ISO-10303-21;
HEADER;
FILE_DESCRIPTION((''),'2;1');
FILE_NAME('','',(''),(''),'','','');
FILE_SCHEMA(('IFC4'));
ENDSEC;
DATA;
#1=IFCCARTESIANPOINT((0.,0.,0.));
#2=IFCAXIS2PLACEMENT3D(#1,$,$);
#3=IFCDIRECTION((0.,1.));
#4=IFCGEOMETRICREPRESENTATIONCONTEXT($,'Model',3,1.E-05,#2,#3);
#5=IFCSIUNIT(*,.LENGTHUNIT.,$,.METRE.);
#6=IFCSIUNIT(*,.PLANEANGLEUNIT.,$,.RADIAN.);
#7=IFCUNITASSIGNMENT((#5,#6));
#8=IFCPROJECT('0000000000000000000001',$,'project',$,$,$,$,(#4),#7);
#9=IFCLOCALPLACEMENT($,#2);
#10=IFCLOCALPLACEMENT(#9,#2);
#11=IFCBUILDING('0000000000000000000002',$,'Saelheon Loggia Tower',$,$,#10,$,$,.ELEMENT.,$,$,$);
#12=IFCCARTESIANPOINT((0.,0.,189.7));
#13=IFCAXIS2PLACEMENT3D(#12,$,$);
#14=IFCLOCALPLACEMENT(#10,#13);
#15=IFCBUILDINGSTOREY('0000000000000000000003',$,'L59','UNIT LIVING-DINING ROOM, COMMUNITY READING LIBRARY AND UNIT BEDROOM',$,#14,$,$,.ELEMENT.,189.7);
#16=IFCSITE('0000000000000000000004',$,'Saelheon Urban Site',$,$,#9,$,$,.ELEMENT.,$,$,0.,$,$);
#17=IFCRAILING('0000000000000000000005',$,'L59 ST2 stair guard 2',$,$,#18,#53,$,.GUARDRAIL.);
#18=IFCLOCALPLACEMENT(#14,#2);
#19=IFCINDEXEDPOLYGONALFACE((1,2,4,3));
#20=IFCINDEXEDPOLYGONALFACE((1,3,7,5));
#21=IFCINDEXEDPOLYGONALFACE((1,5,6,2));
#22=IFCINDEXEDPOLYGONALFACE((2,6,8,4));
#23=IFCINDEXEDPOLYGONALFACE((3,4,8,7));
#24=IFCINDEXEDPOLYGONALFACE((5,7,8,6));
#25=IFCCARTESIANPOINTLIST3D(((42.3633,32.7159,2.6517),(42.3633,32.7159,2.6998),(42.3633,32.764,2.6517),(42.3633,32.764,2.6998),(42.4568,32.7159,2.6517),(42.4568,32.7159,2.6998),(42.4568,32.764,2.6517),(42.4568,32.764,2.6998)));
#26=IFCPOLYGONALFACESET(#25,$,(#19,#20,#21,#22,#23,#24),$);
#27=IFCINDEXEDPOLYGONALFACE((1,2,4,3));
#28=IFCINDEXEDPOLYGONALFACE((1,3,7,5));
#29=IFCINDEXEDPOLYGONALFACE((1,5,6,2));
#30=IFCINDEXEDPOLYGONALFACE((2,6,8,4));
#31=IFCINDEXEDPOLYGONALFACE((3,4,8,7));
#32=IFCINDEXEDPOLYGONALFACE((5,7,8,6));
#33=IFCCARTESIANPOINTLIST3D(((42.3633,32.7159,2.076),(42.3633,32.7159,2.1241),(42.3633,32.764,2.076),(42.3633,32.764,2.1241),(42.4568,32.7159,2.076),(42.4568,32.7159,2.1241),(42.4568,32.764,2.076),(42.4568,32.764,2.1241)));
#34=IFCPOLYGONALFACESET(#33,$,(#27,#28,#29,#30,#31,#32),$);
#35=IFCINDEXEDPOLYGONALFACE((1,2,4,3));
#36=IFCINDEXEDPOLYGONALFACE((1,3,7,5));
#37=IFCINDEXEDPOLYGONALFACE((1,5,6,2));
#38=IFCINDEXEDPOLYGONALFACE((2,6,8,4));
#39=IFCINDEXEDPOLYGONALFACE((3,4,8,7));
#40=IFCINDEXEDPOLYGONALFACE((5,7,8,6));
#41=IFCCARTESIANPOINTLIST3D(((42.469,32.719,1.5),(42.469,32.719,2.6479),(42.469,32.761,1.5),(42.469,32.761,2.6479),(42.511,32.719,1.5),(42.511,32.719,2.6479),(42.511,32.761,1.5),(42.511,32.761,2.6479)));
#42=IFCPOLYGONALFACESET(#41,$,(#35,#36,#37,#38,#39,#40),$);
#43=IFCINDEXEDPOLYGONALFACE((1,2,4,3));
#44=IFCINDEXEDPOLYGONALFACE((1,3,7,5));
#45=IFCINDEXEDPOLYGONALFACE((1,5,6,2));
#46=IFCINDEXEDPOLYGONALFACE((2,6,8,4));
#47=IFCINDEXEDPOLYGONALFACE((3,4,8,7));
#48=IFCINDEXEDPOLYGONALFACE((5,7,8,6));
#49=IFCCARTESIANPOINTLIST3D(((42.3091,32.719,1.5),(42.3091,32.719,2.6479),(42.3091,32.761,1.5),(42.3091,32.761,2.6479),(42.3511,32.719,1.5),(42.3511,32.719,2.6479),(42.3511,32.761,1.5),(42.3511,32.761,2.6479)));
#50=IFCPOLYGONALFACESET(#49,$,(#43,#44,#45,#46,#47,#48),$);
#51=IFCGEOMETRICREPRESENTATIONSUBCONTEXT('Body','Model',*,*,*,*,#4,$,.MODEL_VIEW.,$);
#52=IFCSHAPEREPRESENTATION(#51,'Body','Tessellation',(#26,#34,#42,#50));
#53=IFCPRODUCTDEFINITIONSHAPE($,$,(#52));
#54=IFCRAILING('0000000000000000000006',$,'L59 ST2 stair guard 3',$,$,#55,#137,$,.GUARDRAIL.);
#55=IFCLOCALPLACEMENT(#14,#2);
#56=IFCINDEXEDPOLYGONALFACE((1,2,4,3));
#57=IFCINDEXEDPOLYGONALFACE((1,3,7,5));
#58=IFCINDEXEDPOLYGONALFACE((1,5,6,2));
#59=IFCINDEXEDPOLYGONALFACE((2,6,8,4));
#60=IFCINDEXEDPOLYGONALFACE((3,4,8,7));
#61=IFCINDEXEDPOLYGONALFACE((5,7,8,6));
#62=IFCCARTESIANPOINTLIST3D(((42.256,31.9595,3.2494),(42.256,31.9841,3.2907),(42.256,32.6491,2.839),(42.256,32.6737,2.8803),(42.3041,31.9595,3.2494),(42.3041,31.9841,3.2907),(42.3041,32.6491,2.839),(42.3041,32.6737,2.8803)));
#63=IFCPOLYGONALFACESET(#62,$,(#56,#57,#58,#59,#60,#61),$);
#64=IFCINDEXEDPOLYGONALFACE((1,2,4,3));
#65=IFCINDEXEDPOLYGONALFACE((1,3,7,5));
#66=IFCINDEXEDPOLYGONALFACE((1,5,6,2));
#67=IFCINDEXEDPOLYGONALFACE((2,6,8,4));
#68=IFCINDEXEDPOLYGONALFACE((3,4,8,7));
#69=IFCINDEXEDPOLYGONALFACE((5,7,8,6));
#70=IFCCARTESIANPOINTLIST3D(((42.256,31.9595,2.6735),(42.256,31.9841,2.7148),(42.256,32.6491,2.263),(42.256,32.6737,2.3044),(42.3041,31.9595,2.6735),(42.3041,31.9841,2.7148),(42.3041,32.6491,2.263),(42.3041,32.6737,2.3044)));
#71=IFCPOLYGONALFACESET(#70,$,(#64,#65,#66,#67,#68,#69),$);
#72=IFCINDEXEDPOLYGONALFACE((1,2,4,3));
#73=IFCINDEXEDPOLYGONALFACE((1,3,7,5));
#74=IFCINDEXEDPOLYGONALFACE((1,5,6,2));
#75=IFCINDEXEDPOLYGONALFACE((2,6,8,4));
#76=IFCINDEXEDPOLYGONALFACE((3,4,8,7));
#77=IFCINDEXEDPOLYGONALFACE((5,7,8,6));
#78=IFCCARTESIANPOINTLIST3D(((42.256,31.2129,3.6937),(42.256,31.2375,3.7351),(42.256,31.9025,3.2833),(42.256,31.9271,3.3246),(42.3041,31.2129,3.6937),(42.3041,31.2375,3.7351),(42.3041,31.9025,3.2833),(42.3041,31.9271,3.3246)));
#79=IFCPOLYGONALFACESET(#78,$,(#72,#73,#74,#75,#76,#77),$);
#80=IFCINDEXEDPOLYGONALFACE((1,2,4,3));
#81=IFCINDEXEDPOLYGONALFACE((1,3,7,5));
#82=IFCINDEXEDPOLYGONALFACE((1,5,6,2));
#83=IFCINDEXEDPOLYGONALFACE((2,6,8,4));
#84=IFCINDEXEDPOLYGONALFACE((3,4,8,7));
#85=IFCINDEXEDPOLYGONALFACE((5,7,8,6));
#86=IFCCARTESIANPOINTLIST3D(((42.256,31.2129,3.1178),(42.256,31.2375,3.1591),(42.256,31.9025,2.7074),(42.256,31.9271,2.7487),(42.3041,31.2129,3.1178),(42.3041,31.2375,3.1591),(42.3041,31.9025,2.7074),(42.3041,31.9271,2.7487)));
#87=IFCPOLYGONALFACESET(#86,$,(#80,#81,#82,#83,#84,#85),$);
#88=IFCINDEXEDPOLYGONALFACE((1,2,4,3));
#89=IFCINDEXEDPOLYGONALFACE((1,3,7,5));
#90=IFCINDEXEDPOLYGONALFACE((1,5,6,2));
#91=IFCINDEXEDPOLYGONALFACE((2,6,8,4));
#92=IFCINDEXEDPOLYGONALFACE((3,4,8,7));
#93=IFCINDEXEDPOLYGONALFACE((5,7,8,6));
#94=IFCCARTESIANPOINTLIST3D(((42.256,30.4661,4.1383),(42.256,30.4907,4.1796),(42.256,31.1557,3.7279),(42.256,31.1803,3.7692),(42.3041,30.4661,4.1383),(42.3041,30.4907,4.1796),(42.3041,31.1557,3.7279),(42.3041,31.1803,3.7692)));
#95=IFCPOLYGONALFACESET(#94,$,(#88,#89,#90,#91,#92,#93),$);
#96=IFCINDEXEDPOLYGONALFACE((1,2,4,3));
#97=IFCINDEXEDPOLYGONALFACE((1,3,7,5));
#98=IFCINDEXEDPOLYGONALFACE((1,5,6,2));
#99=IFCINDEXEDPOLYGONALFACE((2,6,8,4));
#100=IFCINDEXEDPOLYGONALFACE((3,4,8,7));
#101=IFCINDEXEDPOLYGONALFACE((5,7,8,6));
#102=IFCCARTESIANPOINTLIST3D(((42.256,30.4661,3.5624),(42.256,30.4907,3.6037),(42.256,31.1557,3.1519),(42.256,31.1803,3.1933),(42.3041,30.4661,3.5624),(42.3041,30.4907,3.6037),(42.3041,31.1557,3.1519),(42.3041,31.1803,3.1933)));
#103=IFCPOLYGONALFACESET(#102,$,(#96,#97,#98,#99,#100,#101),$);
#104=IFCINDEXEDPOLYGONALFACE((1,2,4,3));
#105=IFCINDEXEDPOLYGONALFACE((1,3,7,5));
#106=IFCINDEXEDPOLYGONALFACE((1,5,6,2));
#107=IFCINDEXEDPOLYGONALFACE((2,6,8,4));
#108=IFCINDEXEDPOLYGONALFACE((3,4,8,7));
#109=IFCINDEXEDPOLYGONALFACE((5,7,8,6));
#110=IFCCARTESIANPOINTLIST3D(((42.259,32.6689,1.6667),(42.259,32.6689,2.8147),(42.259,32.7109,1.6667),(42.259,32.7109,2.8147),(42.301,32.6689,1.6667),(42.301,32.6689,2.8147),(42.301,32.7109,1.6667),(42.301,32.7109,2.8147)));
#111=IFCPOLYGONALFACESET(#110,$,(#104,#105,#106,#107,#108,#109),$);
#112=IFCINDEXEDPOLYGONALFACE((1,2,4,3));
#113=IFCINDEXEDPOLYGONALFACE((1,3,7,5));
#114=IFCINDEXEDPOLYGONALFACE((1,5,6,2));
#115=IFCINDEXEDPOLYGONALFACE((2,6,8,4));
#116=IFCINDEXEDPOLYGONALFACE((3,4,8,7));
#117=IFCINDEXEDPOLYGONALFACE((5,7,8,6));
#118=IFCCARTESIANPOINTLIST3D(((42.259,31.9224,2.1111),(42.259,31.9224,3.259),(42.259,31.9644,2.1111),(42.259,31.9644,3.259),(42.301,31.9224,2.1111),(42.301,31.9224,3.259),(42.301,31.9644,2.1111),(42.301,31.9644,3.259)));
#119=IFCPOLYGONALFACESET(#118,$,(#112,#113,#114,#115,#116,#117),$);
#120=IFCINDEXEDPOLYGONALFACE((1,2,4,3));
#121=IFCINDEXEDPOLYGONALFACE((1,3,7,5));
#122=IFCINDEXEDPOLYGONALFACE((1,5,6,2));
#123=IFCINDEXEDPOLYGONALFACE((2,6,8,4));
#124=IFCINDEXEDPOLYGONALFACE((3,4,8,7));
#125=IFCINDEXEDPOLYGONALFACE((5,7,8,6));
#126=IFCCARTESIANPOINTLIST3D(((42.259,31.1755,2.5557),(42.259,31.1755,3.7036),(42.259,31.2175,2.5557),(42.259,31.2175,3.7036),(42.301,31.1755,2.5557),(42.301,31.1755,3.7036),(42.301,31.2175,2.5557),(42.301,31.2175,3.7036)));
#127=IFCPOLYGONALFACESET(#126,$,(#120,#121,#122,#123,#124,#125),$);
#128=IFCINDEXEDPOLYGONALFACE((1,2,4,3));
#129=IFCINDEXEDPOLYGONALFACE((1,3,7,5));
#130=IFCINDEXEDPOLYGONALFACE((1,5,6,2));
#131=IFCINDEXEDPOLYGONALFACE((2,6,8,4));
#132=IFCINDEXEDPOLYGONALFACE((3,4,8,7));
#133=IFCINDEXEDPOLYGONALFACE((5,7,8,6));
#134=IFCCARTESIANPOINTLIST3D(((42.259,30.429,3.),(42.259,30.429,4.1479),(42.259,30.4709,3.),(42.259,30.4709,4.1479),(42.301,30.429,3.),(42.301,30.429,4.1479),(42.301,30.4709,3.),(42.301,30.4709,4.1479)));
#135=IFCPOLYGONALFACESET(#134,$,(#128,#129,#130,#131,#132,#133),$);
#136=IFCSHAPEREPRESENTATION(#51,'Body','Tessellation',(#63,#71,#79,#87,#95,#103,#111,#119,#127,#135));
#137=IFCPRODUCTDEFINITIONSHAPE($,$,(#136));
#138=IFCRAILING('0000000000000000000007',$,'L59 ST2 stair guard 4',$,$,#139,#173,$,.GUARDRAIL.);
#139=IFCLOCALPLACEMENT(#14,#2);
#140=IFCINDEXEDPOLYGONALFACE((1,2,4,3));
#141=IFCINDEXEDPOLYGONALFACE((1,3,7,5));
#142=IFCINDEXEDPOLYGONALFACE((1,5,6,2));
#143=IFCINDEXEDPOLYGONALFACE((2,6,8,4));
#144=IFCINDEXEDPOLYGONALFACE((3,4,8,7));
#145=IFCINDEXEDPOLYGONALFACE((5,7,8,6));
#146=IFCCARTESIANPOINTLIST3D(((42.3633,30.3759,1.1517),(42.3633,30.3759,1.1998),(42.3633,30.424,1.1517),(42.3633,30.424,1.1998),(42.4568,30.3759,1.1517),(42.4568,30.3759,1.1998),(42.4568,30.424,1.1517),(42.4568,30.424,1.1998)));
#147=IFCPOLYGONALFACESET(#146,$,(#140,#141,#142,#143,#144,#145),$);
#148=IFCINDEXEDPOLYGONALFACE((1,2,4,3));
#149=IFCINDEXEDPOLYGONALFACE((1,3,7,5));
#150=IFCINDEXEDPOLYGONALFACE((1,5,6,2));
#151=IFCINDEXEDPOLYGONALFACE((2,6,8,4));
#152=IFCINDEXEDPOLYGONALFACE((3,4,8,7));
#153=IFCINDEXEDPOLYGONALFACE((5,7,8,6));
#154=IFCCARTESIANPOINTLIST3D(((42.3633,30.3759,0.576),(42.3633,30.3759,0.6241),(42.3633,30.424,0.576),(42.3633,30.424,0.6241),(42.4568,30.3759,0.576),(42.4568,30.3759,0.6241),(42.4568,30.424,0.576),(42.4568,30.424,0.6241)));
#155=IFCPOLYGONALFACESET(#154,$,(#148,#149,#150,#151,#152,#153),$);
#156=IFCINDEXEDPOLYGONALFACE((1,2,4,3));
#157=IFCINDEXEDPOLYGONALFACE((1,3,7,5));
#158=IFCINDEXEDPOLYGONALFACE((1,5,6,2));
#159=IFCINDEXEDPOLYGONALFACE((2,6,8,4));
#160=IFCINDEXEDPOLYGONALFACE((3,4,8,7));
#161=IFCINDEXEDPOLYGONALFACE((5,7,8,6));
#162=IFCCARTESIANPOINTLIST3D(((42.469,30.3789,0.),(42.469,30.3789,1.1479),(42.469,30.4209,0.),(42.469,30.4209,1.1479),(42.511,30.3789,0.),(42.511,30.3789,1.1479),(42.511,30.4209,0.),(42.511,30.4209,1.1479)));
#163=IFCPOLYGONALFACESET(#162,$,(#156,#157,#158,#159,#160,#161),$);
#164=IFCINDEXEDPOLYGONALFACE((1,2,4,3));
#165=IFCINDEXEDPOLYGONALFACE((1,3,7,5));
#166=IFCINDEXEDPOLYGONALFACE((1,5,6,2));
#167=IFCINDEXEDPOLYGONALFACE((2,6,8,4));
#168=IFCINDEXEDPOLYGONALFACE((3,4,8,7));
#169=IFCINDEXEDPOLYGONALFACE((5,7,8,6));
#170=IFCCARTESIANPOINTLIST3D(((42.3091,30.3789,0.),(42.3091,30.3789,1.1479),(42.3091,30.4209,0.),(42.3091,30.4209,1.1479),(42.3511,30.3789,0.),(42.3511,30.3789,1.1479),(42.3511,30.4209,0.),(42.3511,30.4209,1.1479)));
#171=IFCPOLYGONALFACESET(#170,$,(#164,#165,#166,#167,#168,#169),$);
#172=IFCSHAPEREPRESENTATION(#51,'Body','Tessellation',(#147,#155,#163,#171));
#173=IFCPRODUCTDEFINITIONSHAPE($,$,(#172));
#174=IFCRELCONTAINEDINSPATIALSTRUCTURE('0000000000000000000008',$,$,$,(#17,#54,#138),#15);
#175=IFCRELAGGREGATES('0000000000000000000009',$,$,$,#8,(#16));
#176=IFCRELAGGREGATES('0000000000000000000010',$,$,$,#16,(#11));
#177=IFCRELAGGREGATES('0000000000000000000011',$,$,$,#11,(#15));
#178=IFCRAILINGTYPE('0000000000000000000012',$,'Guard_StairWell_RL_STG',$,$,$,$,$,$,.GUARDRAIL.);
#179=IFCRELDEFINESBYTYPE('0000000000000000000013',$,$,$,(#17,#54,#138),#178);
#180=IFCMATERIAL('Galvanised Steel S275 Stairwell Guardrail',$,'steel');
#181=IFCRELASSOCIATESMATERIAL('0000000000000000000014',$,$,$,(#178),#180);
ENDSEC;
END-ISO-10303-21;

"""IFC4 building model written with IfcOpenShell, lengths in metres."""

from ifc_helpers import new_model, si_unit, direction, frame, origin, origin_2d, place, context, subcontext, project, spatial, rectangle, extrude, material, type_object, element, save


model = new_model("IFC4")

# Units and contexts
model_context = context("Model", 3, precision=1e-05, world=origin(), true_north=direction((0.0, 1.0)))
body_context = subcontext(model_context, "Body", "Model", "MODEL_VIEW")
ifc_project = project(units=[si_unit("LENGTHUNIT", "METRE"), si_unit("PLANEANGLEUNIT", "RADIAN")], contexts=[model_context])

# Site, building, storey
site_placement = place(None, origin())
site = spatial("IfcSite", under=ifc_project, at=site_placement, Name="Saelheon Urban Site", CompositionType="ELEMENT", RefElevation=0.0)
building_placement = place(site_placement, origin())
building = spatial("IfcBuilding", under=site, at=building_placement, Name="Saelheon Loggia Tower", CompositionType="ELEMENT")
storey_placement = place(building_placement, frame((0.0, 0.0, 189.7)))
storey = spatial("IfcBuildingStorey", under=building, at=storey_placement, Name="L59", Description="UNIT LIVING-DINING ROOM, COMMUNITY READING LIBRARY AND UNIT BEDROOM", CompositionType="ELEMENT", Elevation=189.7)

# Railings
ifc_material_1 = material(Name="Galvanised Steel S275 Stairwell Guardrail", Category="steel")
railing_type_1 = type_object("IfcRailingType", Name="Guard_StairWell_RL_STG", PredefinedType="GUARDRAIL", material=ifc_material_1)
railing_1_placement = place(storey_placement, frame((42.49, 32.74, 1.5)))
element("IfcRailing", 1, at=railing_1_placement, inside=storey, type_object=railing_type_1, Name="L59 ST2 stair guard 2", PredefinedType="GUARDRAIL", context=body_context, shape_type="SweptSolid", body=[
    extrude(rectangle(XDim=0.0481, YDim=0.0481, at=origin_2d()), frame((-0.0332, 0.0, 1.1758), z_axis=(-1.0, 0.0, 0.0), x_axis=(0.0, -1.0, 0.0)), (0.0, 0.0, 1.0), 0.0935),
    extrude(rectangle(XDim=0.0481, YDim=0.0481, at=origin_2d()), frame((-0.0332, 0.0, 0.6001), z_axis=(-1.0, 0.0, 0.0), x_axis=(0.0, -1.0, 0.0)), (0.0, 0.0, 1.0), 0.0935),
    extrude(rectangle(XDim=0.042, YDim=0.042, at=origin_2d()), origin(), (0.0, 0.0, 1.0), 1.1479),
    extrude(rectangle(XDim=0.042, YDim=0.042, at=origin_2d()), frame((-0.1599, 0.0, 0.0)), (0.0, 0.0, 1.0), 1.1479),
])
railing_2_placement = place(storey_placement, frame((42.28, 32.6899, 1.6667)))
element("IfcRailing", 2, at=railing_2_placement, inside=storey, type_object=railing_type_1, Name="L59 ST2 stair guard 3", PredefinedType="GUARDRAIL", context=body_context, shape_type="SweptSolid", body=[
    extrude(rectangle(XDim=0.0481, YDim=0.0481, at=origin_2d()), frame((0.0, -0.0286, 1.1929), z_axis=(0.0, -0.859306, 0.511462), x_axis=(1.0, 0.0, 0.0)), (0.0, 0.0, 1.0), 0.8025),
    extrude(rectangle(XDim=0.0481, YDim=0.0481, at=origin_2d()), frame((0.0, -0.0286, 0.6169), z_axis=(0.0, -0.859306, 0.511462), x_axis=(1.0, 0.0, 0.0)), (0.0, 0.0, 1.0), 0.8025),
    extrude(rectangle(XDim=0.0481, YDim=0.0481, at=origin_2d()), frame((0.0, -0.7751, 1.6372), z_axis=(0.0, -0.859306, 0.511462), x_axis=(1.0, 0.0, 0.0)), (0.0, 0.0, 1.0), 0.8025),
    extrude(rectangle(XDim=0.0481, YDim=0.0481, at=origin_2d()), frame((0.0, -0.7751, 1.0613), z_axis=(0.0, -0.859306, 0.511462), x_axis=(1.0, 0.0, 0.0)), (0.0, 0.0, 1.0), 0.8025),
    extrude(rectangle(XDim=0.0481, YDim=0.0481, at=origin_2d()), frame((0.0, -1.522, 2.0818), z_axis=(0.0, -0.859306, 0.511462), x_axis=(1.0, 0.0, 0.0)), (0.0, 0.0, 1.0), 0.8025),
    extrude(rectangle(XDim=0.0481, YDim=0.0481, at=origin_2d()), frame((0.0, -1.522, 1.5059), z_axis=(0.0, -0.859306, 0.511462), x_axis=(1.0, 0.0, 0.0)), (0.0, 0.0, 1.0), 0.8025),
    extrude(rectangle(XDim=0.042, YDim=0.042, at=origin_2d()), origin(), (0.0, 0.0, 1.0), 1.1479),
    extrude(rectangle(XDim=0.042, YDim=0.042, at=origin_2d()), frame((0.0, -0.7466, 0.4443)), (0.0, 0.0, 1.0), 1.1479),
    extrude(rectangle(XDim=0.042, YDim=0.042, at=origin_2d()), frame((0.0, -1.4934, 0.8889)), (0.0, 0.0, 1.0), 1.1479),
    extrude(rectangle(XDim=0.042, YDim=0.042, at=origin_2d()), frame((0.0, -2.24, 1.3333)), (0.0, 0.0, 1.0), 1.1479),
])
railing_3_placement = place(storey_placement, frame((42.49, 30.3999, 0.0)))
element("IfcRailing", 3, at=railing_3_placement, inside=storey, type_object=railing_type_1, Name="L59 ST2 stair guard 4", PredefinedType="GUARDRAIL", context=body_context, shape_type="SweptSolid", body=[
    extrude(rectangle(XDim=0.0481, YDim=0.0481, at=origin_2d()), frame((-0.0332, 0.0, 1.1758), z_axis=(-1.0, 0.0, 0.0), x_axis=(0.0, -1.0, 0.0)), (0.0, 0.0, 1.0), 0.0935),
    extrude(rectangle(XDim=0.0481, YDim=0.0481, at=origin_2d()), frame((-0.0332, 0.0, 0.6001), z_axis=(-1.0, 0.0, 0.0), x_axis=(0.0, -1.0, 0.0)), (0.0, 0.0, 1.0), 0.0935),
    extrude(rectangle(XDim=0.042, YDim=0.042, at=origin_2d()), origin(), (0.0, 0.0, 1.0), 1.1479),
    extrude(rectangle(XDim=0.042, YDim=0.042, at=origin_2d()), frame((-0.1599, 0.0, 0.0)), (0.0, 0.0, 1.0), 1.1479),
])

save(model, "model.ifc")
